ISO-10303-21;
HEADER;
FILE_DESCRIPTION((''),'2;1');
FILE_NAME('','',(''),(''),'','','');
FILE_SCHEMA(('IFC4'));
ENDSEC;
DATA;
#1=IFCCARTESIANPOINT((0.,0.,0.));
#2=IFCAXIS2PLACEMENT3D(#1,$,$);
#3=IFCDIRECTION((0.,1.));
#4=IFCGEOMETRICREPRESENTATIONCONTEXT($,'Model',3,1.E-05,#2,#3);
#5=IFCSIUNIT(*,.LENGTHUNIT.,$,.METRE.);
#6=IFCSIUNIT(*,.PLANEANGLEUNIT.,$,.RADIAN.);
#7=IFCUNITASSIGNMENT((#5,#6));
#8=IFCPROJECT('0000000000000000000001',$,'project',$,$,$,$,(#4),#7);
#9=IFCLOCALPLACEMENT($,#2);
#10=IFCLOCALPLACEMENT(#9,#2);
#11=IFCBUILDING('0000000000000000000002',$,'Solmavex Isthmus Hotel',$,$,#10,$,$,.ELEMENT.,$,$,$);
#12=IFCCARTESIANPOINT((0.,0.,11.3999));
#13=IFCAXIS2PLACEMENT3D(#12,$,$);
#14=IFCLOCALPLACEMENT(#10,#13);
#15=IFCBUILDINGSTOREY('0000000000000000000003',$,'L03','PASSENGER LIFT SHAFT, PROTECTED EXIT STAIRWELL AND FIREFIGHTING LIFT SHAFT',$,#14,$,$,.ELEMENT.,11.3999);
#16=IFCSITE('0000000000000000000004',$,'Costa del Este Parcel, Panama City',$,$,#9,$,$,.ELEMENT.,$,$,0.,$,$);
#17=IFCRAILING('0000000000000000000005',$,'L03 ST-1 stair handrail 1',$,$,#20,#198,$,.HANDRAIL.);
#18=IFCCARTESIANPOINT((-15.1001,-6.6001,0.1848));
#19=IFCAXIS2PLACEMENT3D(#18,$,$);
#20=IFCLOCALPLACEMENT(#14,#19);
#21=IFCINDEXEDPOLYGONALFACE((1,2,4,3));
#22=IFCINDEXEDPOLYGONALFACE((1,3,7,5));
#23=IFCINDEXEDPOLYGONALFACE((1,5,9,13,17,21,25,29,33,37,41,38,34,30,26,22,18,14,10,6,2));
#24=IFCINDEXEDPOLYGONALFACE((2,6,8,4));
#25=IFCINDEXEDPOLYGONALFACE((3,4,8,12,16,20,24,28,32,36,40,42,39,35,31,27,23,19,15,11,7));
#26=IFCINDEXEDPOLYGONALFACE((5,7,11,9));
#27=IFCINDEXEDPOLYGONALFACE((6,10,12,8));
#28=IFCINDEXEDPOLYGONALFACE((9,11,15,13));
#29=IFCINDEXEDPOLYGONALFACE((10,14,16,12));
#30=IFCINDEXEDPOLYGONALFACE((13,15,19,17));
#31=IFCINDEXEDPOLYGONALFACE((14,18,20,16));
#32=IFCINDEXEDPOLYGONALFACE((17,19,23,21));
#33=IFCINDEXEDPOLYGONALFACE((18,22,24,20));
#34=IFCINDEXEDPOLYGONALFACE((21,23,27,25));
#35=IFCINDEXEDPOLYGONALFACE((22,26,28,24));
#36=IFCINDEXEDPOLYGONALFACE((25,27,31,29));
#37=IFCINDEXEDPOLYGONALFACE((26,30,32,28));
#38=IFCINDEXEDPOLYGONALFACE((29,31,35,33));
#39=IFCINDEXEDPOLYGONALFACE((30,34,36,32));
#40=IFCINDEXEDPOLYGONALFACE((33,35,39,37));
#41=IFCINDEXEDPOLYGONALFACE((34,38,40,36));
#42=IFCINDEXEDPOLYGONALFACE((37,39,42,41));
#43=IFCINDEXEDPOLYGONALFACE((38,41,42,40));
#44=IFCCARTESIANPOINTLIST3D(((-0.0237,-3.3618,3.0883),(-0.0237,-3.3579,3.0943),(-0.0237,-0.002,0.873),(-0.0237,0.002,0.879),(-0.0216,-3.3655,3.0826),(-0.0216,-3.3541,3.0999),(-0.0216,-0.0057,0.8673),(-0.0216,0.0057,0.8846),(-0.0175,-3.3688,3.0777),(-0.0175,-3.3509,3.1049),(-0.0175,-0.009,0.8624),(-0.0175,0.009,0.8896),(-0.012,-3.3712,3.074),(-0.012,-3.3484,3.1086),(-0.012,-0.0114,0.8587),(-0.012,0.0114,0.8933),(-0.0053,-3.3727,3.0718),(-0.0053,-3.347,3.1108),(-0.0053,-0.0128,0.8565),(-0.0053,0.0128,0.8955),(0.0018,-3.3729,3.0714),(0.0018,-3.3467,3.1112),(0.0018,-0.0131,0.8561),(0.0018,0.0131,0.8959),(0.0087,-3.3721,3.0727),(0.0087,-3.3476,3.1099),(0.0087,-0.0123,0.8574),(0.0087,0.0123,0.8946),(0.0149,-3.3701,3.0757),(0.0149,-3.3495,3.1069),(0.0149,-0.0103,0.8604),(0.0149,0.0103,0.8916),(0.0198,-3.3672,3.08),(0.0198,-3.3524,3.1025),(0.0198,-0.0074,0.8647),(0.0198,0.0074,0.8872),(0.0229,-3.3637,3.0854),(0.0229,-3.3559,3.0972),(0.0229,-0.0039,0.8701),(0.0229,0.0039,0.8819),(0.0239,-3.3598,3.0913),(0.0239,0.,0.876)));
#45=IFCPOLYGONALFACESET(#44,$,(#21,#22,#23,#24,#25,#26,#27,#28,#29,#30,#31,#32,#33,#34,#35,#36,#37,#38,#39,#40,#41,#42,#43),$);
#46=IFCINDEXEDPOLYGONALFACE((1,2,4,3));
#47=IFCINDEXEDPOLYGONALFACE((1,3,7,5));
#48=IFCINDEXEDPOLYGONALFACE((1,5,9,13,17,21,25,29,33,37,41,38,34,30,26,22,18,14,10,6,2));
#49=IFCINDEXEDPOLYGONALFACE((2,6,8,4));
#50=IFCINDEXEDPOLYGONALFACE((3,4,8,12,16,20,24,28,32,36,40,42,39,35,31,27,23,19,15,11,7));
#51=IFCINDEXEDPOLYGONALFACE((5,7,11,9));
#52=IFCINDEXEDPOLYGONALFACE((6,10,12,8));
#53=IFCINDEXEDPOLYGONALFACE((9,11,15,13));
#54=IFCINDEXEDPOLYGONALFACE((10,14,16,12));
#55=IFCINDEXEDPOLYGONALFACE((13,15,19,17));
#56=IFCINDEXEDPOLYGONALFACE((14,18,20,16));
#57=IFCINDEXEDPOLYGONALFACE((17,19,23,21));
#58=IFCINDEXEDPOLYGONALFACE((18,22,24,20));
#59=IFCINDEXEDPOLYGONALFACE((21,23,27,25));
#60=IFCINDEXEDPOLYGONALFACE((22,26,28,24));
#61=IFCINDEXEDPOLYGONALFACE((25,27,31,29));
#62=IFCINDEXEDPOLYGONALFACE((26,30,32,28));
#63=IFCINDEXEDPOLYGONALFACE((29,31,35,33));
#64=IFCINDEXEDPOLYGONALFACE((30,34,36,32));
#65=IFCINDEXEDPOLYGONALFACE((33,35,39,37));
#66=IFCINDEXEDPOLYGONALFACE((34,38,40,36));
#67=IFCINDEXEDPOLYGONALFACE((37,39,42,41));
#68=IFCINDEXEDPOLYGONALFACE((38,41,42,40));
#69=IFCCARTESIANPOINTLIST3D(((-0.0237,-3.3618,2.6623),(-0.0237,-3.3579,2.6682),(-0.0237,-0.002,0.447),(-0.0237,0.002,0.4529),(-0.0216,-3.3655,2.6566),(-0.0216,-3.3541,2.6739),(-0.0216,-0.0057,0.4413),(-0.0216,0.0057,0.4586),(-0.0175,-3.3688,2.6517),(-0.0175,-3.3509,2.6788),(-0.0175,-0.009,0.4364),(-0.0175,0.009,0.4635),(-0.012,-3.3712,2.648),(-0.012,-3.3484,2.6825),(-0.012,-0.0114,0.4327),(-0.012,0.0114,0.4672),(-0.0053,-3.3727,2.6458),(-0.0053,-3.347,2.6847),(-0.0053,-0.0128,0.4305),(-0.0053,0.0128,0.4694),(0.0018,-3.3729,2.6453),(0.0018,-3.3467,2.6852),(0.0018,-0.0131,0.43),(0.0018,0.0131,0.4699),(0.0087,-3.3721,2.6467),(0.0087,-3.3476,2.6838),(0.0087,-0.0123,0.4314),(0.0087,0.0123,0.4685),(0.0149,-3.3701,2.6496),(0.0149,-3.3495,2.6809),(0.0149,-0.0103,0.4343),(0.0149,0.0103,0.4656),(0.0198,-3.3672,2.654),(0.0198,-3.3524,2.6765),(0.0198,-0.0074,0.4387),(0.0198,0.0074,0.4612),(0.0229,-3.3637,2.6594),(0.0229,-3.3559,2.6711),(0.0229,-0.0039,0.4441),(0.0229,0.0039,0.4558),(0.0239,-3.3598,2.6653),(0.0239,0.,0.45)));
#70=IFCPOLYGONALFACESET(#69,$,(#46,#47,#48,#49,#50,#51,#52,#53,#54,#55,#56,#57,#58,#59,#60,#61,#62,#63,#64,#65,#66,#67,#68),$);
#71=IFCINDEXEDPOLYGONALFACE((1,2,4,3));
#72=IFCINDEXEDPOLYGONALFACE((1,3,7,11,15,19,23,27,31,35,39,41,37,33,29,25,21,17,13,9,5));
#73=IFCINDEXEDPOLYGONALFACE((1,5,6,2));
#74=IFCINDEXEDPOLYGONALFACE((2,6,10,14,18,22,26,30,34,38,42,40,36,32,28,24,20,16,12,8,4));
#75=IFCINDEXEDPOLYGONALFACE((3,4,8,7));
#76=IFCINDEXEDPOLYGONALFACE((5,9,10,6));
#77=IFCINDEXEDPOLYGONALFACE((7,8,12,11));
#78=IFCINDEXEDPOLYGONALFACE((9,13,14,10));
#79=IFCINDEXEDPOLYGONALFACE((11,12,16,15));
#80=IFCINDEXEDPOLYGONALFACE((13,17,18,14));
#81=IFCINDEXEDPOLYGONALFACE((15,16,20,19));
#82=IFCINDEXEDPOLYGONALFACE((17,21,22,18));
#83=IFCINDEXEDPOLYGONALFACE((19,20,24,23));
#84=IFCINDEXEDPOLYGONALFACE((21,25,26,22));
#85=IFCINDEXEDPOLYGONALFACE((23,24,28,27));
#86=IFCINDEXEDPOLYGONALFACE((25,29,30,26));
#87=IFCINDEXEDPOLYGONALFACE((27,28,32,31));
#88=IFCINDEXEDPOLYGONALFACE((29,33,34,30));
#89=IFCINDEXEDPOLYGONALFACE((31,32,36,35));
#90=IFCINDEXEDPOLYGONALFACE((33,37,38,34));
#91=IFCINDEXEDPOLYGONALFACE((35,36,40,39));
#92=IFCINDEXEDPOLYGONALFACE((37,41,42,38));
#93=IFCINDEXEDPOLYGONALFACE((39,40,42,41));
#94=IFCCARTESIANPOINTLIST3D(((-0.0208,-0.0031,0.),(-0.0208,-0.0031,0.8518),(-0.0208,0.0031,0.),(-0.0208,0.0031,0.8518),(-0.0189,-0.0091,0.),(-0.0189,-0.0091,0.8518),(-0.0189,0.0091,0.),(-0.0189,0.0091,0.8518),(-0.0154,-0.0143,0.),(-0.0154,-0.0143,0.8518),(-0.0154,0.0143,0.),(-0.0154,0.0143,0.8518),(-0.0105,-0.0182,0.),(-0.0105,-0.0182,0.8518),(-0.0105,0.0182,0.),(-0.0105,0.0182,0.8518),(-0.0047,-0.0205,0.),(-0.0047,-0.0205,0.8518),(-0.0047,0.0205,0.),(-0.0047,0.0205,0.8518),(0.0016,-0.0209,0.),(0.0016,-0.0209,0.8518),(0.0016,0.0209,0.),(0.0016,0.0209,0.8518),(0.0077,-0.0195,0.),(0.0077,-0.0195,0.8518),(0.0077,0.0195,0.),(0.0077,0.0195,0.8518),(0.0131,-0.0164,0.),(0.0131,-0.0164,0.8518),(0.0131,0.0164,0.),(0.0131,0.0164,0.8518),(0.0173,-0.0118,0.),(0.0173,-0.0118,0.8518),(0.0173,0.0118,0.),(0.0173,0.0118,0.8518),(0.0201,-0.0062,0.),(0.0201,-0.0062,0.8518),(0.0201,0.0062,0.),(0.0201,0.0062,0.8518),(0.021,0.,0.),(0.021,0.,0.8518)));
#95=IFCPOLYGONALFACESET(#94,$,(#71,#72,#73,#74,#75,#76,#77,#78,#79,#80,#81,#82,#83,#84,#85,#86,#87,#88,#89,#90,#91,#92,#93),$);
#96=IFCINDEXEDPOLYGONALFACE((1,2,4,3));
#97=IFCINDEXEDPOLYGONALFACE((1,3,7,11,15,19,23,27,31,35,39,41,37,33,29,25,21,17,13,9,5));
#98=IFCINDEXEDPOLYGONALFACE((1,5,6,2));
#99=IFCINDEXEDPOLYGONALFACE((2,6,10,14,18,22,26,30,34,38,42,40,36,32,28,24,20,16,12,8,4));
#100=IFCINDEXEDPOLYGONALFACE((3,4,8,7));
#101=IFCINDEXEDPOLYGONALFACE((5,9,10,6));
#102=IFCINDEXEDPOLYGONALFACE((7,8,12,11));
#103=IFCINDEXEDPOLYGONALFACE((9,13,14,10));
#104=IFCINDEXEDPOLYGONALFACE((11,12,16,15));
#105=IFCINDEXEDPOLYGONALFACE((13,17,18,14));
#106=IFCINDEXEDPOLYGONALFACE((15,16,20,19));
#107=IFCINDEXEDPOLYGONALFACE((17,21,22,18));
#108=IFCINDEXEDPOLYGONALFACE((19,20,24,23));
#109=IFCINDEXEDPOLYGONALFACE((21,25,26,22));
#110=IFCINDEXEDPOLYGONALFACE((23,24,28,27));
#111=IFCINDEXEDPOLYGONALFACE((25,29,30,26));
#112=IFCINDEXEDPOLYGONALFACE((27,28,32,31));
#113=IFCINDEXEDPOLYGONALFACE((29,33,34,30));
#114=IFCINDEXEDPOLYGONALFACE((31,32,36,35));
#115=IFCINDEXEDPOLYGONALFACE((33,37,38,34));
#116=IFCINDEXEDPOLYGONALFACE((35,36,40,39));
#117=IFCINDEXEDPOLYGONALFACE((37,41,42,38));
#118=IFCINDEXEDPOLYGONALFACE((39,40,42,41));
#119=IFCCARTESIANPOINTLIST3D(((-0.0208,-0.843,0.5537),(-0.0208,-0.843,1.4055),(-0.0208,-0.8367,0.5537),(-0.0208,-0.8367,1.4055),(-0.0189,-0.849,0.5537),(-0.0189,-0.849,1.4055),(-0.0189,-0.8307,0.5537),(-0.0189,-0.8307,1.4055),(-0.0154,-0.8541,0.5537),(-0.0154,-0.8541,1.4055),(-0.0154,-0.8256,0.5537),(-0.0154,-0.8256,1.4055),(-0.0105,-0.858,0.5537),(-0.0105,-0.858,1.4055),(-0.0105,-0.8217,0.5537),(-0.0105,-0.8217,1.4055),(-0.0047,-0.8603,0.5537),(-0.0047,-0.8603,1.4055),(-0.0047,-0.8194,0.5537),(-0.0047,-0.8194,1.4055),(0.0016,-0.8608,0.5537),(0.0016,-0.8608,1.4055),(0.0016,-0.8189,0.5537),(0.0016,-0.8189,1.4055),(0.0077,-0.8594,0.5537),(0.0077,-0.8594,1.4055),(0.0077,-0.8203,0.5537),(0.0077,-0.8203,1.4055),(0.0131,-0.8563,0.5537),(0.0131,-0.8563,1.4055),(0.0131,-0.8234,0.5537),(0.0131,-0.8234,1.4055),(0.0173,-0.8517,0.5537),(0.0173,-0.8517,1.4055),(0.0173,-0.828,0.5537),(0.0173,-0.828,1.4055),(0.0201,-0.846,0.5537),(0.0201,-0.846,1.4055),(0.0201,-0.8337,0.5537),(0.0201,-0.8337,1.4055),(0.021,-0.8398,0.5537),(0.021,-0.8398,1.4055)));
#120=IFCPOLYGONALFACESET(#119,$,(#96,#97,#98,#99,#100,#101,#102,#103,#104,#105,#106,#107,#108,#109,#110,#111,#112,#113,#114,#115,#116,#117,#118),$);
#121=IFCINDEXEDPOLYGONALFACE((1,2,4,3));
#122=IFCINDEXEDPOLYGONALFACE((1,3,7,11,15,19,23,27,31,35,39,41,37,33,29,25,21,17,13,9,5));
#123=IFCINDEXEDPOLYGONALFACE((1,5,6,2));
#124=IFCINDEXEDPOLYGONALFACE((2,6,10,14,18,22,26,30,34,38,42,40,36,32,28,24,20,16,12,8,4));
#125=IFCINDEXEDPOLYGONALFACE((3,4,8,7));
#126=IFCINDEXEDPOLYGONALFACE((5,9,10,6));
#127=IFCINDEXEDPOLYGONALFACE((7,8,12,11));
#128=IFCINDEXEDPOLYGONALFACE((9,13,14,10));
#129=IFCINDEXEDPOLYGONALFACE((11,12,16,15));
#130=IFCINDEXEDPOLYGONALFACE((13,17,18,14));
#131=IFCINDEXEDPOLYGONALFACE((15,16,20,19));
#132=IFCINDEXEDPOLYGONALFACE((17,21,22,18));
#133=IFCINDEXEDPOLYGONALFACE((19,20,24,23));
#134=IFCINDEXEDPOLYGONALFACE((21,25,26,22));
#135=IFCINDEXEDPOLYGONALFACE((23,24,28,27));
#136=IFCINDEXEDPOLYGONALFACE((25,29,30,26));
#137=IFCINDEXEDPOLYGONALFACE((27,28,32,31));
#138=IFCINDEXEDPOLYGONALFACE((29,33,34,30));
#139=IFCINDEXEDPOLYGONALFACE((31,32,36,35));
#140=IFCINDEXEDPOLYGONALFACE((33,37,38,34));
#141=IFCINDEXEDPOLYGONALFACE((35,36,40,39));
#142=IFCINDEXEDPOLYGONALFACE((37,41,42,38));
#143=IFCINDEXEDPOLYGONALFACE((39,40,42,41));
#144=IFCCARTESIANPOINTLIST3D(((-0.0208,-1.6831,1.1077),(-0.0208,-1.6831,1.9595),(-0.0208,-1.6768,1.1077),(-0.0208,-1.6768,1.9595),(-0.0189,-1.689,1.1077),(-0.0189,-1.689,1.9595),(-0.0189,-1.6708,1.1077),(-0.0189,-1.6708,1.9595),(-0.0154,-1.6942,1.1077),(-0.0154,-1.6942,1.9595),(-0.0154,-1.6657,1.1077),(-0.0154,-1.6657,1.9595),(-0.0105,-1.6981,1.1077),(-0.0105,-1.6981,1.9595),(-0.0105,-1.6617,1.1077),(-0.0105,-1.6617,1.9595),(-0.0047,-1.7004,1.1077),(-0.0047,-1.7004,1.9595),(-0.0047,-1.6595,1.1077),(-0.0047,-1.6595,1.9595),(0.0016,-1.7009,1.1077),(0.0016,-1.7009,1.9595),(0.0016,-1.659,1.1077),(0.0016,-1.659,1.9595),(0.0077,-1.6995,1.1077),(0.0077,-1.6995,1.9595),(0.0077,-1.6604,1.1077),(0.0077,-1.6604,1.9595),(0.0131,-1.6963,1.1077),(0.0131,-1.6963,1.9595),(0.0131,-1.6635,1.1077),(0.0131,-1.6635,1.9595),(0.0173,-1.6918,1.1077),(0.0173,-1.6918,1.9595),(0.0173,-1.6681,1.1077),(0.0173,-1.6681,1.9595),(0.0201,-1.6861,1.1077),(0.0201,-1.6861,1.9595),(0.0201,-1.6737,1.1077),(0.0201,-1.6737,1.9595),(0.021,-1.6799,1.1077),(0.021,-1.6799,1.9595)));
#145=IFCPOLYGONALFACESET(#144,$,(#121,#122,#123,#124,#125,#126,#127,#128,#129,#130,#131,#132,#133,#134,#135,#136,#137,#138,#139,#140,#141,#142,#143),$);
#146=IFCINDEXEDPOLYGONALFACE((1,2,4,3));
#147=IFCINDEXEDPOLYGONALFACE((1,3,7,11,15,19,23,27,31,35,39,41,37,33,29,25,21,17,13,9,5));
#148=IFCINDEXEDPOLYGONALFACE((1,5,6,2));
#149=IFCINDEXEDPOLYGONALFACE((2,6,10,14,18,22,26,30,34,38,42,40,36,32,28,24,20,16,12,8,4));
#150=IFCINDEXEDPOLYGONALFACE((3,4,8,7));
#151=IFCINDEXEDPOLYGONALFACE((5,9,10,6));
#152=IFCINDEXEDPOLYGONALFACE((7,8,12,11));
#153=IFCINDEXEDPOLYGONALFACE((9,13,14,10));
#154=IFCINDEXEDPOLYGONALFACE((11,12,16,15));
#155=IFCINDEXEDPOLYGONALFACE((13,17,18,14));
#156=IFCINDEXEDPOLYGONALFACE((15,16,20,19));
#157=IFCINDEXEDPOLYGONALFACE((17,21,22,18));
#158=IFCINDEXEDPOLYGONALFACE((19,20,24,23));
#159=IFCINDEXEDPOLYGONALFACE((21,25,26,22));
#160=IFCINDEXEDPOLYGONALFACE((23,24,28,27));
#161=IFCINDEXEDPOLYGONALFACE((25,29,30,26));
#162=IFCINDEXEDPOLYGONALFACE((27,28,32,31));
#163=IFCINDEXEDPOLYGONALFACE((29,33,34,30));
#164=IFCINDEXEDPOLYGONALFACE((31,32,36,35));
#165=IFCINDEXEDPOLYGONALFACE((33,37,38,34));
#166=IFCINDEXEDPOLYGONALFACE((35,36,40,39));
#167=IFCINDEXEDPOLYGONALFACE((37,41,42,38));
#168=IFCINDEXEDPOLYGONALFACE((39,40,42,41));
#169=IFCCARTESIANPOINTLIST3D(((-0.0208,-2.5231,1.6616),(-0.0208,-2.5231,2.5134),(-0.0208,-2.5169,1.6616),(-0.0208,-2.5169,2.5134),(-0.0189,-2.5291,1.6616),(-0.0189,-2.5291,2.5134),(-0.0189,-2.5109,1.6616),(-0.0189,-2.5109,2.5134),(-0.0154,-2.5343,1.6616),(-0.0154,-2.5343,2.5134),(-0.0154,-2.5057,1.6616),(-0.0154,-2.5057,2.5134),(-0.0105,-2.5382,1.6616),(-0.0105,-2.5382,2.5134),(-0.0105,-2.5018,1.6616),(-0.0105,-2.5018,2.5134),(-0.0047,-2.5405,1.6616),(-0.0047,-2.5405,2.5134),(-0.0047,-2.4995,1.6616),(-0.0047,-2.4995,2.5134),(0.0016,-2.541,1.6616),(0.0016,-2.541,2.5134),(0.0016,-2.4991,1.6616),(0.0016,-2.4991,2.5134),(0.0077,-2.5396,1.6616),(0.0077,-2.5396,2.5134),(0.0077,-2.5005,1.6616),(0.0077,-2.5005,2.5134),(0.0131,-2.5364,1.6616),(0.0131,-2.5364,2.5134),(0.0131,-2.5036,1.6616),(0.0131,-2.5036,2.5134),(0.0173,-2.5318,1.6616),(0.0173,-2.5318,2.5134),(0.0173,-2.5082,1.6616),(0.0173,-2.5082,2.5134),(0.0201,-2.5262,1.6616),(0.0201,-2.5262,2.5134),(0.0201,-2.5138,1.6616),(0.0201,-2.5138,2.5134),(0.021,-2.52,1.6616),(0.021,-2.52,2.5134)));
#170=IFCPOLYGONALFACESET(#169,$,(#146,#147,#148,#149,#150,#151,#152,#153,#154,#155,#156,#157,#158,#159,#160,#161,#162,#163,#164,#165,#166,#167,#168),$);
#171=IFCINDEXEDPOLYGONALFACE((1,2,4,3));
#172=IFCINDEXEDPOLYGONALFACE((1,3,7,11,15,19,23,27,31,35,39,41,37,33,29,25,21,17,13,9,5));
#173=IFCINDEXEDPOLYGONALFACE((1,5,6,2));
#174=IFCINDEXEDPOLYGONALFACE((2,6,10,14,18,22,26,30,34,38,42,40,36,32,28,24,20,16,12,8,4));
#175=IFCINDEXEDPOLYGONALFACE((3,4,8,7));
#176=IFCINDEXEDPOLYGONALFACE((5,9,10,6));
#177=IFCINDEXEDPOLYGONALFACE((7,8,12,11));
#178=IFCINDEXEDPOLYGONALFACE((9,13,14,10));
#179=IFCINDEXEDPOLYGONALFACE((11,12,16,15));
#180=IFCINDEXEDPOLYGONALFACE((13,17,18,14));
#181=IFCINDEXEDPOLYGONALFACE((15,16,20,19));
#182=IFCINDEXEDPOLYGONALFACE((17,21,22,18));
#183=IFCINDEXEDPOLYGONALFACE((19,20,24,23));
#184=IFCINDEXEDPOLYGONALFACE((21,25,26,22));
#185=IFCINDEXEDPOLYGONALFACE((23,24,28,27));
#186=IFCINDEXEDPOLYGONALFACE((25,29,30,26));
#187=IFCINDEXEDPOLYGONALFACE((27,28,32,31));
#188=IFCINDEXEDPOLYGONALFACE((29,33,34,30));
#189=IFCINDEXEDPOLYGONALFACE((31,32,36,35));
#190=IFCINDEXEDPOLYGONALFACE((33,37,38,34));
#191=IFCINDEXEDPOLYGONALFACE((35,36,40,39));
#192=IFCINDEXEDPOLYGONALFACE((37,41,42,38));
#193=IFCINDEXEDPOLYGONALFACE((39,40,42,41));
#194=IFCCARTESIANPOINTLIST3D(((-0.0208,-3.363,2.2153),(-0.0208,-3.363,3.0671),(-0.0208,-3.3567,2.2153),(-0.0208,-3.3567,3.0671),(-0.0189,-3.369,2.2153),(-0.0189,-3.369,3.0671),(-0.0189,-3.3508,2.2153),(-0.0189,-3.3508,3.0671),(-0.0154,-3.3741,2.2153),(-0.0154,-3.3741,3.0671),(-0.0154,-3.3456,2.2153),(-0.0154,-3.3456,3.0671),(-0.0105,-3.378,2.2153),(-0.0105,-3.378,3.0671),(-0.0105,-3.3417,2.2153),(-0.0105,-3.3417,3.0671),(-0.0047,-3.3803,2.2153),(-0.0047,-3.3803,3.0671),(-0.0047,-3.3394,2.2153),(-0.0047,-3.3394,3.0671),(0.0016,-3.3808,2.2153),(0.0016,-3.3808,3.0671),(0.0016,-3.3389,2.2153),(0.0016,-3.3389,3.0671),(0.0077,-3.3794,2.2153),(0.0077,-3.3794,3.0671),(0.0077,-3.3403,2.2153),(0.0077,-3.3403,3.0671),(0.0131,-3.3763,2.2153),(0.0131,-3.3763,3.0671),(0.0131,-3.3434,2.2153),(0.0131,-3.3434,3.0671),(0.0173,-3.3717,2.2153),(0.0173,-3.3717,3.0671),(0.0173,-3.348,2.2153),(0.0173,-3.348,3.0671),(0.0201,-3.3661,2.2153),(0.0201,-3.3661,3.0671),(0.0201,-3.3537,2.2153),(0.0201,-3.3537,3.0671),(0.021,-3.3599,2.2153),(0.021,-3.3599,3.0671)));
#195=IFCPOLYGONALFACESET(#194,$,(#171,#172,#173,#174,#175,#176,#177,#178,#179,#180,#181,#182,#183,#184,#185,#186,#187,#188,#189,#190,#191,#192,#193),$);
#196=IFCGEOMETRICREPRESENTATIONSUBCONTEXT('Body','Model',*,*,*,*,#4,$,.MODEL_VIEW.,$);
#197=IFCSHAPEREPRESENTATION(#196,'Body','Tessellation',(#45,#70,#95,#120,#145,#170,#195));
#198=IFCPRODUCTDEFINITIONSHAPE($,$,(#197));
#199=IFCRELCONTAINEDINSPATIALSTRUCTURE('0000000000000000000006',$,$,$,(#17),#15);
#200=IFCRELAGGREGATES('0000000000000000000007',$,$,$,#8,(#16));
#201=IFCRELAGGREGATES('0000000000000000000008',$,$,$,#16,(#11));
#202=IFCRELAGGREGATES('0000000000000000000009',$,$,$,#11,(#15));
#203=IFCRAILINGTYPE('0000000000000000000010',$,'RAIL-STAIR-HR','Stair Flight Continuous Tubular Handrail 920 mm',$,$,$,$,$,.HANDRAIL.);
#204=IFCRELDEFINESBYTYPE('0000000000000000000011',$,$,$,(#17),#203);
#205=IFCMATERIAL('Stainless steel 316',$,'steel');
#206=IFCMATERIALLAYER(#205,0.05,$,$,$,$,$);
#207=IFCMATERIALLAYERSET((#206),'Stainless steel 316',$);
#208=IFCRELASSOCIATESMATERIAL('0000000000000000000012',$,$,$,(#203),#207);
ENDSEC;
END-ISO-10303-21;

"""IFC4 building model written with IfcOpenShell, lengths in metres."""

from ifc_helpers import new_model, si_unit, direction, frame, origin, origin_2d, place, context, subcontext, project, spatial, circle, extrude, material, layer, layer_set, type_object, element, save


model = new_model("IFC4")

# Units and contexts
model_context = context("Model", 3, precision=1e-05, world=origin(), true_north=direction((0.0, 1.0)))
body_context = subcontext(model_context, "Body", "Model", "MODEL_VIEW")
ifc_project = project(units=[si_unit("LENGTHUNIT", "METRE"), si_unit("PLANEANGLEUNIT", "RADIAN")], contexts=[model_context])

# Site, building, storey
site_placement = place(None, origin())
site = spatial("IfcSite", under=ifc_project, at=site_placement, Name="Costa del Este Parcel, Panama City", CompositionType="ELEMENT", RefElevation=0.0)
building_placement = place(site_placement, origin())
building = spatial("IfcBuilding", under=site, at=building_placement, Name="Solmavex Isthmus Hotel", CompositionType="ELEMENT")
storey_placement = place(building_placement, frame((0.0, 0.0, 11.3999)))
storey = spatial("IfcBuildingStorey", under=building, at=storey_placement, Name="L03", Description="PASSENGER LIFT SHAFT, PROTECTED EXIT STAIRWELL AND FIREFIGHTING LIFT SHAFT", CompositionType="ELEMENT", Elevation=11.3999)

# Shared definitions
ifc_material_1 = material(Name="Stainless steel 316", Category="steel")

# Railing
ifc_layer_1 = layer(ifc_material_1, 0.05)
ifc_layer_set_1 = layer_set([ifc_layer_1], Name="Stainless steel 316")
railing_type_1 = type_object("IfcRailingType", Name="RAIL-STAIR-HR", Description="Stair Flight Continuous Tubular Handrail 920 mm", PredefinedType="HANDRAIL", material=ifc_layer_set_1)
railing_1_placement = place(storey_placement, frame((-15.1001, -6.6001, 0.1848)))
element("IfcRailing", 1, at=railing_1_placement, inside=storey, type_object=railing_type_1, Name="L03 ST-1 stair handrail 1", PredefinedType="HANDRAIL", context=body_context, shape_type="SweptSolid", body=[
    extrude(circle(Radius=0.0239, at=origin_2d()), frame((0.0, 0.0, 0.876), z_axis=(0.0, -0.834858, 0.550465), x_axis=(1.0, 0.0, 0.0)), (0.0, 0.0, 1.0), 4.0244),
    extrude(circle(Radius=0.0239, at=origin_2d()), frame((0.0, 0.0, 0.45), z_axis=(0.0, -0.834858, 0.550465), x_axis=(1.0, 0.0, 0.0)), (0.0, 0.0, 1.0), 4.0244),
    extrude(circle(Radius=0.021, at=origin_2d()), origin(), (0.0, 0.0, 1.0), 0.8518),
    extrude(circle(Radius=0.021, at=origin_2d()), frame((0.0, -0.8398, 0.5537)), (0.0, 0.0, 1.0), 0.8518),
    extrude(circle(Radius=0.021, at=origin_2d()), frame((0.0, -1.6799, 1.1077)), (0.0, 0.0, 1.0), 0.8518),
    extrude(circle(Radius=0.021, at=origin_2d()), frame((0.0, -2.52, 1.6616)), (0.0, 0.0, 1.0), 0.8518),
    extrude(circle(Radius=0.021, at=origin_2d()), frame((0.0, -3.3599, 2.2153)), (0.0, 0.0, 1.0), 0.8518),
])

save(model, "model.ifc")
